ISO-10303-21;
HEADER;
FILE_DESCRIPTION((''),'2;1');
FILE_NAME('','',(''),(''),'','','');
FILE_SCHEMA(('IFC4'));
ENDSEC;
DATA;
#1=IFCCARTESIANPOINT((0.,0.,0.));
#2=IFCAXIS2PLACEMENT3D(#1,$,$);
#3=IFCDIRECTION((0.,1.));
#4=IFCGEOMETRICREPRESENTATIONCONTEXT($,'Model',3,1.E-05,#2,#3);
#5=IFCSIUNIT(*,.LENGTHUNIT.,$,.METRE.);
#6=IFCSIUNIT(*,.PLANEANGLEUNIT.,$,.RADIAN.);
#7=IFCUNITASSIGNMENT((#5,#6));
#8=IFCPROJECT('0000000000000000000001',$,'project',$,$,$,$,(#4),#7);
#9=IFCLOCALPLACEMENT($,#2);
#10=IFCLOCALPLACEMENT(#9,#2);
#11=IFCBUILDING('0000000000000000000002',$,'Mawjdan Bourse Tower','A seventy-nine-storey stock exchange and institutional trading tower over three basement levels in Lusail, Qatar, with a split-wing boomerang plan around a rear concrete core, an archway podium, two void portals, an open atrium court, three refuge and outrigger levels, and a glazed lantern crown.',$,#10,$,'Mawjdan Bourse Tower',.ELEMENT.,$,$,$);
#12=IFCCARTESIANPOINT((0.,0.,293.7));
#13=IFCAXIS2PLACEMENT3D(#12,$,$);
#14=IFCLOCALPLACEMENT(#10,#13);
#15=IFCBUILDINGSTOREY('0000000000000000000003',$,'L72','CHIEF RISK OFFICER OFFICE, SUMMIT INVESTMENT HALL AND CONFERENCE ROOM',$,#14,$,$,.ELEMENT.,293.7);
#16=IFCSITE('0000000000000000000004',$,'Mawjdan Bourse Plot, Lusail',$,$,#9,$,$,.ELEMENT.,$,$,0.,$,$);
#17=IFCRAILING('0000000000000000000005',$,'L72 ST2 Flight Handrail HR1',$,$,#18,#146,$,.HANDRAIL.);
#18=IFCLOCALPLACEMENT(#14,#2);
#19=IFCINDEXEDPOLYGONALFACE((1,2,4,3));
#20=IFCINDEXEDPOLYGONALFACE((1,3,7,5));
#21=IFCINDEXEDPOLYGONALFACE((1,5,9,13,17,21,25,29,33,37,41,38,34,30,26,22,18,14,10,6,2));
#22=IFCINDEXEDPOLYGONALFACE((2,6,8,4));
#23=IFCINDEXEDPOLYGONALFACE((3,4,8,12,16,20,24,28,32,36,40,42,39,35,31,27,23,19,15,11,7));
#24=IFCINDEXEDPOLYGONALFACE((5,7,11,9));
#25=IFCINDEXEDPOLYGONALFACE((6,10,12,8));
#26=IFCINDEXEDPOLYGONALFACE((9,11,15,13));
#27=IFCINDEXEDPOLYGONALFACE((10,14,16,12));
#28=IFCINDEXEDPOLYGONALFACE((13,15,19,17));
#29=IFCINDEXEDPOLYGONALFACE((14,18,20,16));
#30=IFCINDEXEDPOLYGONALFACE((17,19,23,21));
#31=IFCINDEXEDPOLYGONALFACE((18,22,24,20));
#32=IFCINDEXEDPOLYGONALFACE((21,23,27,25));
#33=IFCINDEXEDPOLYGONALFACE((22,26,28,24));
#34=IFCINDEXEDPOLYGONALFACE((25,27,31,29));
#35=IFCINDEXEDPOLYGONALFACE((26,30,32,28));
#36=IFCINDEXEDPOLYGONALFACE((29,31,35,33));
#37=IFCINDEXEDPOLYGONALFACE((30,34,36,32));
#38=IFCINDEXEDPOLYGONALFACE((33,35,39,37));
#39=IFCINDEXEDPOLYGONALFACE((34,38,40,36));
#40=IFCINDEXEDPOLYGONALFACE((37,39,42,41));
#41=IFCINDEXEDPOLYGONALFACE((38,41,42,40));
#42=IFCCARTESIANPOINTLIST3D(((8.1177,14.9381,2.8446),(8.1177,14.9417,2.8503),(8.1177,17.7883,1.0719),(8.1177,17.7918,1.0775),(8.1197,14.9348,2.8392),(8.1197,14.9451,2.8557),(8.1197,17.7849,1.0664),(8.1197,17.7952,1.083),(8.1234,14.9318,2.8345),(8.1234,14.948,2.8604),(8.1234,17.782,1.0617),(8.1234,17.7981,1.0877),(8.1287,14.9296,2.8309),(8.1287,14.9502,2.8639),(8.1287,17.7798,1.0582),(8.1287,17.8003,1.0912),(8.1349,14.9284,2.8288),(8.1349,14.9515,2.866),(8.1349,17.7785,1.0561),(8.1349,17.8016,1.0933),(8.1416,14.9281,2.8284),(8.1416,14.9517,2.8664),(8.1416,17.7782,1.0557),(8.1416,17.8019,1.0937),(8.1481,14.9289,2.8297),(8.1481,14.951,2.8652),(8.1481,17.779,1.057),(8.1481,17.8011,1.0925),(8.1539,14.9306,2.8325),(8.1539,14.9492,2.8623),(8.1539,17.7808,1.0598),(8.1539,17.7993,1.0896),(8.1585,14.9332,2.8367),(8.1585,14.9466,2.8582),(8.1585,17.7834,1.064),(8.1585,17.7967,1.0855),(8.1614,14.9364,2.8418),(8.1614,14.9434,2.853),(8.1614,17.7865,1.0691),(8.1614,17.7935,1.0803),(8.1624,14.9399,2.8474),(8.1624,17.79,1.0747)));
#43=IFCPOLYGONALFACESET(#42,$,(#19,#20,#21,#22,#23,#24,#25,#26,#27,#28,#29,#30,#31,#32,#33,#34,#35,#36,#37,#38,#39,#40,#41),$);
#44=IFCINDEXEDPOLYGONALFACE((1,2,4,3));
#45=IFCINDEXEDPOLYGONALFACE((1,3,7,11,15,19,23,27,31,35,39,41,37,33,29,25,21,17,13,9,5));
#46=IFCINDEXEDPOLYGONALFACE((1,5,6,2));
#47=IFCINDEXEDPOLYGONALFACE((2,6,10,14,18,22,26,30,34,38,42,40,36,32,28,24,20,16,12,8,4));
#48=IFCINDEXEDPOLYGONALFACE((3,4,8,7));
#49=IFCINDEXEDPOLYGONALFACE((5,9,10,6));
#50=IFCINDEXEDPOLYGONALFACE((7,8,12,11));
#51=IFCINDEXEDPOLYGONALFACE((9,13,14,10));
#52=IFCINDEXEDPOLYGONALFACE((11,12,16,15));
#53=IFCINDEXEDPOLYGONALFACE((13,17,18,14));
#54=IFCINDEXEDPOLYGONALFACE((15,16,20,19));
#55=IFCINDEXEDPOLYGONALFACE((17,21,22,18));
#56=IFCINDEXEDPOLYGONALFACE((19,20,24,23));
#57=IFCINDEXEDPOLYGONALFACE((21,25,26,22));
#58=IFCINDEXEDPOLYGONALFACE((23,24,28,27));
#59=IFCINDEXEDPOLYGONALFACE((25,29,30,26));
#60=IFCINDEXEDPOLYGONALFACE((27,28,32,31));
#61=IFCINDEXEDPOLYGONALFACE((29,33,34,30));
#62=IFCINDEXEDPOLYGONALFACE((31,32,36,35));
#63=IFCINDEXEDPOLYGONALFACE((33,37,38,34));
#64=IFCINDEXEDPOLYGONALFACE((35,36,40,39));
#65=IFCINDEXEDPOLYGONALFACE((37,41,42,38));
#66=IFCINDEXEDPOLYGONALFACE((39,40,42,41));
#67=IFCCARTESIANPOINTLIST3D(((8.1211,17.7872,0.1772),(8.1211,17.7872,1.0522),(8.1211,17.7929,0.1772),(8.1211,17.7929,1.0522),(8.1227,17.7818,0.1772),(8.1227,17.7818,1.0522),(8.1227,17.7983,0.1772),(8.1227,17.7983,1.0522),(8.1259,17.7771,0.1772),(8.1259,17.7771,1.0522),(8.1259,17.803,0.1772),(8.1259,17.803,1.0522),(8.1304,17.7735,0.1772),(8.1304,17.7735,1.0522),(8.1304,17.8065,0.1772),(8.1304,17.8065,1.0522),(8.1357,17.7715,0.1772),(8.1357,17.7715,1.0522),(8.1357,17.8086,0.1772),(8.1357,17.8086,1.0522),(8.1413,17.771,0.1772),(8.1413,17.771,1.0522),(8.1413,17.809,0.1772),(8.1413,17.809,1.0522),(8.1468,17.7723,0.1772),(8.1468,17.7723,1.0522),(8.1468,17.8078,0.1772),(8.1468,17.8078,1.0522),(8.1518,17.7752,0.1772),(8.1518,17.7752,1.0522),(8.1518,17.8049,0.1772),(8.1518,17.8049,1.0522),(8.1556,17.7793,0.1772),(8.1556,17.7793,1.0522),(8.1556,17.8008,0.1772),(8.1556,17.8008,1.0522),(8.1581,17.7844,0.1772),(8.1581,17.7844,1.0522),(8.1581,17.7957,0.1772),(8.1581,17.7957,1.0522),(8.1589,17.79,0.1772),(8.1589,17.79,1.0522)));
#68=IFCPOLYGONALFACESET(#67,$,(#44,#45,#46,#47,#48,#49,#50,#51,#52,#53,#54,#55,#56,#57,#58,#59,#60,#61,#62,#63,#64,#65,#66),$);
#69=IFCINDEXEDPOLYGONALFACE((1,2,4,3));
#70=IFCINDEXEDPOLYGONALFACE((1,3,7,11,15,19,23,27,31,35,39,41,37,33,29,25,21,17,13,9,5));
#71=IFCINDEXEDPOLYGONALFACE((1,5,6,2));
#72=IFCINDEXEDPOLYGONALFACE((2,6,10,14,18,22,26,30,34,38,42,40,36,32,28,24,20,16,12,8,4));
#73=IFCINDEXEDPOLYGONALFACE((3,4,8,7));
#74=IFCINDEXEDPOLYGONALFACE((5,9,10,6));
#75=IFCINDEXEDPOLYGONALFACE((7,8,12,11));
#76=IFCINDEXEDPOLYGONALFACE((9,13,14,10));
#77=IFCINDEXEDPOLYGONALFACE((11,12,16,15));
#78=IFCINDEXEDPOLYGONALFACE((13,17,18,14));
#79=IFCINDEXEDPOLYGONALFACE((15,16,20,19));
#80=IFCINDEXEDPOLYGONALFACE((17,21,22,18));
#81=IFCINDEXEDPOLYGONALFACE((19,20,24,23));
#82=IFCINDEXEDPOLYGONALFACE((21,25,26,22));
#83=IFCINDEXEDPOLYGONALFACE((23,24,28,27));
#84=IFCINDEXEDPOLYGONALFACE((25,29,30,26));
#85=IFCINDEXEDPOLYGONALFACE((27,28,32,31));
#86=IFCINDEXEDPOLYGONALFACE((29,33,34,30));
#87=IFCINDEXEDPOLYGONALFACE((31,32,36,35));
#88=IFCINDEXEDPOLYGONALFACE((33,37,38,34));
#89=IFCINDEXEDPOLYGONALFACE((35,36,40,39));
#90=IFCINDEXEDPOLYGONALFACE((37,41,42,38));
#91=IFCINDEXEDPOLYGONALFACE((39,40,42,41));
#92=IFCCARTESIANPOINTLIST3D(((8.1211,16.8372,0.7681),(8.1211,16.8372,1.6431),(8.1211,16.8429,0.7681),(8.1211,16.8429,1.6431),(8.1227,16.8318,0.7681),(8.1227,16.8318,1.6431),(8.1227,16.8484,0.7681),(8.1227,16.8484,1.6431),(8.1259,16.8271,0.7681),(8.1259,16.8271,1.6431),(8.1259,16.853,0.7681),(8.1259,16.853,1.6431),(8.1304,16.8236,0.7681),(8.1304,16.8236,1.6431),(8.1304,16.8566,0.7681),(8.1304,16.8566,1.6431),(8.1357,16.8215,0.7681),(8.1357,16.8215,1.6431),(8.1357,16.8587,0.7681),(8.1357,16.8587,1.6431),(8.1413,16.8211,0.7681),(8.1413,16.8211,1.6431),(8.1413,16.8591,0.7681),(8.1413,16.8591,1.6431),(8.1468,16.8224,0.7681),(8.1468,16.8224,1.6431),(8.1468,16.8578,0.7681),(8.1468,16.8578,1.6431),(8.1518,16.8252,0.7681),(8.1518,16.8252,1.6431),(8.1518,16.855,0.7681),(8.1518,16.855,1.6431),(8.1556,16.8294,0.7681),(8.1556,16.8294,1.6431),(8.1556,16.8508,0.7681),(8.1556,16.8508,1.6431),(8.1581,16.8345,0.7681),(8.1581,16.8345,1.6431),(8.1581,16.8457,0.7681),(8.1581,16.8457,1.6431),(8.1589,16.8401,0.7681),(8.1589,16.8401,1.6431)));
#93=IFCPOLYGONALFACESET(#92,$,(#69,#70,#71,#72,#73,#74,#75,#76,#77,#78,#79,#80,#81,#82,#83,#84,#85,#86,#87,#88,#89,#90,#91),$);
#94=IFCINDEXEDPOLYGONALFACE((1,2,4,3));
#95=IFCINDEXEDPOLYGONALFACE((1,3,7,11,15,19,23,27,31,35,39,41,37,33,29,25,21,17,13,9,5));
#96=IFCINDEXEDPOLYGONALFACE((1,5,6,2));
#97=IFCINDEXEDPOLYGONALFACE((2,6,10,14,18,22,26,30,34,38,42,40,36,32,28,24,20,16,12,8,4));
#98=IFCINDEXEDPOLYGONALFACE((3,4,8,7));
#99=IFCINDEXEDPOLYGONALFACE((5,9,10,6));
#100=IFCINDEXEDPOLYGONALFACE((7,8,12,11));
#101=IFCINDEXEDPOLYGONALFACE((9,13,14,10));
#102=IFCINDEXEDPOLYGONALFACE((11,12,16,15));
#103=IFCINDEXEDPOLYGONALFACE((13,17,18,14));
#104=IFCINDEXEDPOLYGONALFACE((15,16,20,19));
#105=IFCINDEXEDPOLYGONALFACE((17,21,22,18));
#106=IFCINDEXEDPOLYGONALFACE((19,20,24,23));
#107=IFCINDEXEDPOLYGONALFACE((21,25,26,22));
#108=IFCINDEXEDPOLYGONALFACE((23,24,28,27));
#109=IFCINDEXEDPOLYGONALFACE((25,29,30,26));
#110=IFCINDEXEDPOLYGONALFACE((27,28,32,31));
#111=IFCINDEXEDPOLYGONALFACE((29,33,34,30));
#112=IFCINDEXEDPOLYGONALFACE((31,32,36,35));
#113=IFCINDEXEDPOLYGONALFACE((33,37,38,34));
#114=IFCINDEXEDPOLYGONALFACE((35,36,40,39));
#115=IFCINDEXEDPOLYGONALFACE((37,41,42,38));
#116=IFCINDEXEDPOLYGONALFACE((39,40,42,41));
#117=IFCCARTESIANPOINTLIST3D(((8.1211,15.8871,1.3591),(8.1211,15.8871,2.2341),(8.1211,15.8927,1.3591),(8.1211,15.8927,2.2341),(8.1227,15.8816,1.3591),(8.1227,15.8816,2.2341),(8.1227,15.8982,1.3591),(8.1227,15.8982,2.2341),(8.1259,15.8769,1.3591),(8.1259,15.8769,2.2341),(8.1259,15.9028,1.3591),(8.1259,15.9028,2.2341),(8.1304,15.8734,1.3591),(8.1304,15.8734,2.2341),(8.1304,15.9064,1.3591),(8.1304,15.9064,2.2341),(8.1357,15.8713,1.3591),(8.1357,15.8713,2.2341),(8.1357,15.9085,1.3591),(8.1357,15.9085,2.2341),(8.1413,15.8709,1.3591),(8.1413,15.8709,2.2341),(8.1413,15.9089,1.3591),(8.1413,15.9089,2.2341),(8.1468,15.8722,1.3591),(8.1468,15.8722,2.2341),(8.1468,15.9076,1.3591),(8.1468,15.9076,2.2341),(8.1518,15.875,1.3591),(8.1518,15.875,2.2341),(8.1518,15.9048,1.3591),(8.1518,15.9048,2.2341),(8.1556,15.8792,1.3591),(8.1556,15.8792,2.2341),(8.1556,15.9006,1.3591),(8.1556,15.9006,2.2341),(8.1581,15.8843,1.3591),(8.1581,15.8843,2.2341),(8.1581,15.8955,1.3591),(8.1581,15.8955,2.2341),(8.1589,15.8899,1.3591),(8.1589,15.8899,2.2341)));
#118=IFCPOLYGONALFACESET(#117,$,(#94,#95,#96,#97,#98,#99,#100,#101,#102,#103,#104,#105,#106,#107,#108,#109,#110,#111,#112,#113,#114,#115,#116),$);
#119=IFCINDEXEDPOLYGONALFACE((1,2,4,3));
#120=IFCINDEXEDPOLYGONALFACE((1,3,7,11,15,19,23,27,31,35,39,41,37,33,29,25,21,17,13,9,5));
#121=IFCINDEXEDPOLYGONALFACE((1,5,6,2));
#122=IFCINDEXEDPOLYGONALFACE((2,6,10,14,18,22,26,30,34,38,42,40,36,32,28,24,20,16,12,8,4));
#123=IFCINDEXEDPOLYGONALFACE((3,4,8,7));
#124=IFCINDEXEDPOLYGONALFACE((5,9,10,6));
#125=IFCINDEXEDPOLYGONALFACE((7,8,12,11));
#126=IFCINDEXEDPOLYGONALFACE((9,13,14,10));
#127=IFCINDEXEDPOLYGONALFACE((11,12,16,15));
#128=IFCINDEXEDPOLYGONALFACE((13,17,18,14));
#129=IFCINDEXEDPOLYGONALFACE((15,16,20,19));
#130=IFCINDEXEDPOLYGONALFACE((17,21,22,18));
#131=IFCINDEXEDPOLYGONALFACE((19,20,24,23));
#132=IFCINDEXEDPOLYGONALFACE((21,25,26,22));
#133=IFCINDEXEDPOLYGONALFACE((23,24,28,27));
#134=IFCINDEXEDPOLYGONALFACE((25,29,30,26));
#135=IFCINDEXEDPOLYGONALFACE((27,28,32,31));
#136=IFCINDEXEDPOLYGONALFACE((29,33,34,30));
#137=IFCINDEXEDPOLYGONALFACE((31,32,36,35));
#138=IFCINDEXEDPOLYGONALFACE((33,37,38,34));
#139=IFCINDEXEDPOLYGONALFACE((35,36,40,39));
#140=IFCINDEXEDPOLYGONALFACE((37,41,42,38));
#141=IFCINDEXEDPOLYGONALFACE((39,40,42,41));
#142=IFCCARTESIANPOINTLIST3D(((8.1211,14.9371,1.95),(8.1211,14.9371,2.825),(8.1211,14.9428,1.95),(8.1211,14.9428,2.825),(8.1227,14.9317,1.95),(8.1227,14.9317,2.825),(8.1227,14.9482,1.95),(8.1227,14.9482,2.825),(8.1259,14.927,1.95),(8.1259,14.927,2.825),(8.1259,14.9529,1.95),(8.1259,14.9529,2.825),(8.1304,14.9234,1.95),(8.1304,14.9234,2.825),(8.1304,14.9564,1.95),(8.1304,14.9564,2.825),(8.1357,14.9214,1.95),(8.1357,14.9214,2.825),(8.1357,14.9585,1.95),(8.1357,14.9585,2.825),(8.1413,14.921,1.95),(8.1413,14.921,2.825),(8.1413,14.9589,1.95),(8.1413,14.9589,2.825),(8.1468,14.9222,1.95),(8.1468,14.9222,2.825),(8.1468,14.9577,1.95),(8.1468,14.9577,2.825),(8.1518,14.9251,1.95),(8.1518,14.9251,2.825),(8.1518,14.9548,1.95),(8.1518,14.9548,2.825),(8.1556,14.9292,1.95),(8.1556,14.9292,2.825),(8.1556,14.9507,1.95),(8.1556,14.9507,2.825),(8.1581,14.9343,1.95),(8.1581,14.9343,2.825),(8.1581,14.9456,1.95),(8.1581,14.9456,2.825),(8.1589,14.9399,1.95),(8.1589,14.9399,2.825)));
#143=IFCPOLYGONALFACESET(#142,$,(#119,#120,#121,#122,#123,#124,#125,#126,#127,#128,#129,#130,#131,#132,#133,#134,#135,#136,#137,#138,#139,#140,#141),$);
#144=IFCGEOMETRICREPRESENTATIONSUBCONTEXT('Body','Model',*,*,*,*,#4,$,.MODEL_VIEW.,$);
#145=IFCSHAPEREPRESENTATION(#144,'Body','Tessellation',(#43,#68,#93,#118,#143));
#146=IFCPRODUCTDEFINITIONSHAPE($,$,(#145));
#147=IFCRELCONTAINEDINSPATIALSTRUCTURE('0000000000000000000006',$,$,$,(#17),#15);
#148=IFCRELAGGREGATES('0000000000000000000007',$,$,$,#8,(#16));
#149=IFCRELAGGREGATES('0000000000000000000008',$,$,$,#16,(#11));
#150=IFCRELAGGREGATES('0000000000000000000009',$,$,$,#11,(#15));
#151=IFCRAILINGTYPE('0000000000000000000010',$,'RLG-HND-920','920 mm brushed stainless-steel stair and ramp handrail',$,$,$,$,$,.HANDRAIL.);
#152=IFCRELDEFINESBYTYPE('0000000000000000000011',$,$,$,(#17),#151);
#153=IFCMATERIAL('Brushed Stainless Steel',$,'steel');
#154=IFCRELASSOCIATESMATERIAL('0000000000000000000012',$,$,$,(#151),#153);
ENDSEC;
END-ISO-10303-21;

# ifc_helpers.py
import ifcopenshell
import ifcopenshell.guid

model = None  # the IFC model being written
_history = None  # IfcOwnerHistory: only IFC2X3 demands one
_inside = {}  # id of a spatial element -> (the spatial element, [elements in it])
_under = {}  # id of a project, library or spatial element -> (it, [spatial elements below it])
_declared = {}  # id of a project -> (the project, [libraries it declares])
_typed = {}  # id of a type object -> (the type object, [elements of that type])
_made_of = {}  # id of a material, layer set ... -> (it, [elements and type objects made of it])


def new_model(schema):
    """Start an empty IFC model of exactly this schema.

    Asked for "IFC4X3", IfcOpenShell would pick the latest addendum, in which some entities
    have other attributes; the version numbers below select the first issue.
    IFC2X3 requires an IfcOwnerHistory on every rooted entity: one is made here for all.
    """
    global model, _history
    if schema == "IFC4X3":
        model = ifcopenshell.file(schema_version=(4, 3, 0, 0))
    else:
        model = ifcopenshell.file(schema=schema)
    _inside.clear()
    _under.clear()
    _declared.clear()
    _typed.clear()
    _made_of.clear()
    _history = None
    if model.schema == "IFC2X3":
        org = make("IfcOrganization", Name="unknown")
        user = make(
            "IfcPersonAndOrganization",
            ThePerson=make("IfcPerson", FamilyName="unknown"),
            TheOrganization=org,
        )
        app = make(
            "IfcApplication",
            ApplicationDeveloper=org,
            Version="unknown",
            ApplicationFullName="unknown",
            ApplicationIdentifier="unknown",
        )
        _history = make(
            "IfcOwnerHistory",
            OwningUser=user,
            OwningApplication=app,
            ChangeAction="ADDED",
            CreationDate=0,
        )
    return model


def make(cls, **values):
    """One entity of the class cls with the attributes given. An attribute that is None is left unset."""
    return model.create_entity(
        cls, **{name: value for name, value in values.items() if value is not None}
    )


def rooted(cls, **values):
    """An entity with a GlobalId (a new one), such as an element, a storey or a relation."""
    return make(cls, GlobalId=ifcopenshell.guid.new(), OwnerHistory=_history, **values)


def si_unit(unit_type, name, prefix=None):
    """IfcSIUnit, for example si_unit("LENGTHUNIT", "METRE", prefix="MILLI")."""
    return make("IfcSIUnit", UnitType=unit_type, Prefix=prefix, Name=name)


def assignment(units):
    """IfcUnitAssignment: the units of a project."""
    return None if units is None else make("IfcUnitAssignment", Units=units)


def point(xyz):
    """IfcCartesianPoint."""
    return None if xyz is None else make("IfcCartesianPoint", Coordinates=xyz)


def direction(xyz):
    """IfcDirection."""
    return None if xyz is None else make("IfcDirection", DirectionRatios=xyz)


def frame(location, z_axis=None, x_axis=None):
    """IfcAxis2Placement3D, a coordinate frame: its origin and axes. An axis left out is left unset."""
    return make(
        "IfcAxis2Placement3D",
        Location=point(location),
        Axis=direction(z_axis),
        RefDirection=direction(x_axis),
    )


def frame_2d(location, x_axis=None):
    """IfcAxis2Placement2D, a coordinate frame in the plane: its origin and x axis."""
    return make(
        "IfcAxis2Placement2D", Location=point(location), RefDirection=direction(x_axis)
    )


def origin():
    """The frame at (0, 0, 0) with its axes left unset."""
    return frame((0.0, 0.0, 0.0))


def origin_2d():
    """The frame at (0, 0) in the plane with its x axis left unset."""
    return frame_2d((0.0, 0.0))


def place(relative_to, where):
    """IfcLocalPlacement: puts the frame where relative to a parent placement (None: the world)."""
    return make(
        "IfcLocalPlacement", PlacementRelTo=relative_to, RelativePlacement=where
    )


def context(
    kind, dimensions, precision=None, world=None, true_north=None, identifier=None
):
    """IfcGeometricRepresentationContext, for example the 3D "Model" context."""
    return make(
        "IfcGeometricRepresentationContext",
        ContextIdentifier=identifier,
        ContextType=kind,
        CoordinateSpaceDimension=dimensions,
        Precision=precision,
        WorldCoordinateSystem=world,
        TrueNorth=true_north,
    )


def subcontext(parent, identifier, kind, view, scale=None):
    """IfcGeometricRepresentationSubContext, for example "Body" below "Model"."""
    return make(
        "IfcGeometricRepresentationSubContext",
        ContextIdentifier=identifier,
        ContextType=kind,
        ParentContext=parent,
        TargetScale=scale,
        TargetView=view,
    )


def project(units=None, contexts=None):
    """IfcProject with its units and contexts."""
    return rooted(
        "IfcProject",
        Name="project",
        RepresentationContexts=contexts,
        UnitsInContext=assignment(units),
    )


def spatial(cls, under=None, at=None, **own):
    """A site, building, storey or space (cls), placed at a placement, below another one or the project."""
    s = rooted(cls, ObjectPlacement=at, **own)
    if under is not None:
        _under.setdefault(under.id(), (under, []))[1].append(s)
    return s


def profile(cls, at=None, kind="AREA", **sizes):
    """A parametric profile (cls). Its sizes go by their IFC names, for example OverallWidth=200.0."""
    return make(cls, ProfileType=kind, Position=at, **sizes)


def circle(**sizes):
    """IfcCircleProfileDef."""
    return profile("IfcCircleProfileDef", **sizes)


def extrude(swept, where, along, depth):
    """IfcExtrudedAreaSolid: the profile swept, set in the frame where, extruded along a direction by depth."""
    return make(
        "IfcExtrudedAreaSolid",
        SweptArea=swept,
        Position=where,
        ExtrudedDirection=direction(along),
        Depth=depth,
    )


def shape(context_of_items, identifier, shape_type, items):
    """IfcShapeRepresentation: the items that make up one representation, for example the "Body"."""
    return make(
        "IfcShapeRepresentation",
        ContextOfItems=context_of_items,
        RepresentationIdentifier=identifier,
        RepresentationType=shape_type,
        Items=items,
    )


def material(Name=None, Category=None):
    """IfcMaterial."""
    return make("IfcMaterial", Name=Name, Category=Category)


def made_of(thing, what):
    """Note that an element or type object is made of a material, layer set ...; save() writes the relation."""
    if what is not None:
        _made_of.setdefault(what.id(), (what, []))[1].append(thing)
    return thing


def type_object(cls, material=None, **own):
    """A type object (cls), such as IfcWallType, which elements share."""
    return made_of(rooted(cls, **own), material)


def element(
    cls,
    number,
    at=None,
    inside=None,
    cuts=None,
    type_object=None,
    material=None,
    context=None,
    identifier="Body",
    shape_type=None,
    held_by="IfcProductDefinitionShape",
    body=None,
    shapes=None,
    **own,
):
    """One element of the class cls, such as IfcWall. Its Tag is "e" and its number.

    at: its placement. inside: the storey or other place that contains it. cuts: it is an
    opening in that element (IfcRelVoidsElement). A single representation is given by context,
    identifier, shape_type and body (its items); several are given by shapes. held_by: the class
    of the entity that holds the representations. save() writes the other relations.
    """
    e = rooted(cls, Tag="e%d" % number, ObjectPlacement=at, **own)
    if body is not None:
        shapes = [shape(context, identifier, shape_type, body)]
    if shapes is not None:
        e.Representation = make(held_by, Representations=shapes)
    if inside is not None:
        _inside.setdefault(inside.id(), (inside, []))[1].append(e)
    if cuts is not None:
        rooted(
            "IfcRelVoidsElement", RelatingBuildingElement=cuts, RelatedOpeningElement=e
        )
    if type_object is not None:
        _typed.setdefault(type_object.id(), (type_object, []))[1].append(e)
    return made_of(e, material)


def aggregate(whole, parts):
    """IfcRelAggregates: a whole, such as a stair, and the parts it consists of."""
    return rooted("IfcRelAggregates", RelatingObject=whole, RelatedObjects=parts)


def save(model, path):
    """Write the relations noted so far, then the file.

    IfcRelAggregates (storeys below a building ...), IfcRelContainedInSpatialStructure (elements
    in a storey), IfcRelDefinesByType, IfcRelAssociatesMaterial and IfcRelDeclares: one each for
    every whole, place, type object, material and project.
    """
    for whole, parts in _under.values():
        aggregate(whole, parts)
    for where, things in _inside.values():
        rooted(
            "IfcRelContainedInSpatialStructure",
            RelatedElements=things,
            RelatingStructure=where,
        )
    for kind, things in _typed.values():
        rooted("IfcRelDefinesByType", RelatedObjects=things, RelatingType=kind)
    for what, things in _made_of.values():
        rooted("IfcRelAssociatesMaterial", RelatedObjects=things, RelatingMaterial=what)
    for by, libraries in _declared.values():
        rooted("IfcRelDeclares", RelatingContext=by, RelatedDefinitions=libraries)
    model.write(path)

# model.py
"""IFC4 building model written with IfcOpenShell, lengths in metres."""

from ifc_helpers import new_model, si_unit, direction, frame, origin, origin_2d, place, context, subcontext, project, spatial, circle, extrude, material, type_object, element, save


model = new_model("IFC4")

# Units and contexts
model_context = context("Model", 3, precision=1e-05, world=origin(), true_north=direction((0.0, 1.0)))
body_context = subcontext(model_context, "Body", "Model", "MODEL_VIEW")
ifc_project = project(units=[si_unit("LENGTHUNIT", "METRE"), si_unit("PLANEANGLEUNIT", "RADIAN")], contexts=[model_context])

# Site, building, storey
site_placement = place(None, origin())
site = spatial("IfcSite", under=ifc_project, at=site_placement, Name="Mawjdan Bourse Plot, Lusail", CompositionType="ELEMENT", RefElevation=0.0)
building_placement = place(site_placement, origin())
building = spatial("IfcBuilding", under=site, at=building_placement, Name="Mawjdan Bourse Tower", Description="A seventy-nine-storey stock exchange and institutional trading tower over three basement levels in Lusail, Qatar, with a split-wing boomerang plan around a rear concrete core, an archway podium, two void portals, an open atrium court, three refuge and outrigger levels, and a glazed lantern crown.", LongName="Mawjdan Bourse Tower", CompositionType="ELEMENT")
storey_placement = place(building_placement, frame((0.0, 0.0, 293.7)))
storey = spatial("IfcBuildingStorey", under=building, at=storey_placement, Name="L72", Description="CHIEF RISK OFFICER OFFICE, SUMMIT INVESTMENT HALL AND CONFERENCE ROOM", CompositionType="ELEMENT", Elevation=293.7)

# Railing
ifc_material_1 = material(Name="Brushed Stainless Steel", Category="steel")
railing_type_1 = type_object("IfcRailingType", Name="RLG-HND-920", Description="920 mm brushed stainless-steel stair and ramp handrail", PredefinedType="HANDRAIL", material=ifc_material_1)
railing_1_placement = place(storey_placement, frame((8.1399, 17.79, 0.1772)))
element("IfcRailing", 1, at=railing_1_placement, inside=storey, type_object=railing_type_1, Name="L72 ST2 Flight Handrail HR1", PredefinedType="HANDRAIL", context=body_context, shape_type="SweptSolid", body=[
    extrude(circle(Radius=0.0225, at=origin_2d()), frame((0.0, 0.0, 0.8975), z_axis=(0.0, -0.849149, 0.528154), x_axis=(1.0, 0.0, 0.0)), (0.0, 0.0, 1.0), 3.3564),
    extrude(circle(Radius=0.019, at=origin_2d()), origin(), (0.0, 0.0, 1.0), 0.875),
    extrude(circle(Radius=0.019, at=origin_2d()), frame((0.0, -0.95, 0.5908)), (0.0, 0.0, 1.0), 0.875),
    extrude(circle(Radius=0.019, at=origin_2d()), frame((0.0, -1.9001, 1.1819)), (0.0, 0.0, 1.0), 0.875),
    extrude(circle(Radius=0.019, at=origin_2d()), frame((0.0, -2.8501, 1.7727)), (0.0, 0.0, 1.0), 0.875),
])

save(model, "model.ifc")
